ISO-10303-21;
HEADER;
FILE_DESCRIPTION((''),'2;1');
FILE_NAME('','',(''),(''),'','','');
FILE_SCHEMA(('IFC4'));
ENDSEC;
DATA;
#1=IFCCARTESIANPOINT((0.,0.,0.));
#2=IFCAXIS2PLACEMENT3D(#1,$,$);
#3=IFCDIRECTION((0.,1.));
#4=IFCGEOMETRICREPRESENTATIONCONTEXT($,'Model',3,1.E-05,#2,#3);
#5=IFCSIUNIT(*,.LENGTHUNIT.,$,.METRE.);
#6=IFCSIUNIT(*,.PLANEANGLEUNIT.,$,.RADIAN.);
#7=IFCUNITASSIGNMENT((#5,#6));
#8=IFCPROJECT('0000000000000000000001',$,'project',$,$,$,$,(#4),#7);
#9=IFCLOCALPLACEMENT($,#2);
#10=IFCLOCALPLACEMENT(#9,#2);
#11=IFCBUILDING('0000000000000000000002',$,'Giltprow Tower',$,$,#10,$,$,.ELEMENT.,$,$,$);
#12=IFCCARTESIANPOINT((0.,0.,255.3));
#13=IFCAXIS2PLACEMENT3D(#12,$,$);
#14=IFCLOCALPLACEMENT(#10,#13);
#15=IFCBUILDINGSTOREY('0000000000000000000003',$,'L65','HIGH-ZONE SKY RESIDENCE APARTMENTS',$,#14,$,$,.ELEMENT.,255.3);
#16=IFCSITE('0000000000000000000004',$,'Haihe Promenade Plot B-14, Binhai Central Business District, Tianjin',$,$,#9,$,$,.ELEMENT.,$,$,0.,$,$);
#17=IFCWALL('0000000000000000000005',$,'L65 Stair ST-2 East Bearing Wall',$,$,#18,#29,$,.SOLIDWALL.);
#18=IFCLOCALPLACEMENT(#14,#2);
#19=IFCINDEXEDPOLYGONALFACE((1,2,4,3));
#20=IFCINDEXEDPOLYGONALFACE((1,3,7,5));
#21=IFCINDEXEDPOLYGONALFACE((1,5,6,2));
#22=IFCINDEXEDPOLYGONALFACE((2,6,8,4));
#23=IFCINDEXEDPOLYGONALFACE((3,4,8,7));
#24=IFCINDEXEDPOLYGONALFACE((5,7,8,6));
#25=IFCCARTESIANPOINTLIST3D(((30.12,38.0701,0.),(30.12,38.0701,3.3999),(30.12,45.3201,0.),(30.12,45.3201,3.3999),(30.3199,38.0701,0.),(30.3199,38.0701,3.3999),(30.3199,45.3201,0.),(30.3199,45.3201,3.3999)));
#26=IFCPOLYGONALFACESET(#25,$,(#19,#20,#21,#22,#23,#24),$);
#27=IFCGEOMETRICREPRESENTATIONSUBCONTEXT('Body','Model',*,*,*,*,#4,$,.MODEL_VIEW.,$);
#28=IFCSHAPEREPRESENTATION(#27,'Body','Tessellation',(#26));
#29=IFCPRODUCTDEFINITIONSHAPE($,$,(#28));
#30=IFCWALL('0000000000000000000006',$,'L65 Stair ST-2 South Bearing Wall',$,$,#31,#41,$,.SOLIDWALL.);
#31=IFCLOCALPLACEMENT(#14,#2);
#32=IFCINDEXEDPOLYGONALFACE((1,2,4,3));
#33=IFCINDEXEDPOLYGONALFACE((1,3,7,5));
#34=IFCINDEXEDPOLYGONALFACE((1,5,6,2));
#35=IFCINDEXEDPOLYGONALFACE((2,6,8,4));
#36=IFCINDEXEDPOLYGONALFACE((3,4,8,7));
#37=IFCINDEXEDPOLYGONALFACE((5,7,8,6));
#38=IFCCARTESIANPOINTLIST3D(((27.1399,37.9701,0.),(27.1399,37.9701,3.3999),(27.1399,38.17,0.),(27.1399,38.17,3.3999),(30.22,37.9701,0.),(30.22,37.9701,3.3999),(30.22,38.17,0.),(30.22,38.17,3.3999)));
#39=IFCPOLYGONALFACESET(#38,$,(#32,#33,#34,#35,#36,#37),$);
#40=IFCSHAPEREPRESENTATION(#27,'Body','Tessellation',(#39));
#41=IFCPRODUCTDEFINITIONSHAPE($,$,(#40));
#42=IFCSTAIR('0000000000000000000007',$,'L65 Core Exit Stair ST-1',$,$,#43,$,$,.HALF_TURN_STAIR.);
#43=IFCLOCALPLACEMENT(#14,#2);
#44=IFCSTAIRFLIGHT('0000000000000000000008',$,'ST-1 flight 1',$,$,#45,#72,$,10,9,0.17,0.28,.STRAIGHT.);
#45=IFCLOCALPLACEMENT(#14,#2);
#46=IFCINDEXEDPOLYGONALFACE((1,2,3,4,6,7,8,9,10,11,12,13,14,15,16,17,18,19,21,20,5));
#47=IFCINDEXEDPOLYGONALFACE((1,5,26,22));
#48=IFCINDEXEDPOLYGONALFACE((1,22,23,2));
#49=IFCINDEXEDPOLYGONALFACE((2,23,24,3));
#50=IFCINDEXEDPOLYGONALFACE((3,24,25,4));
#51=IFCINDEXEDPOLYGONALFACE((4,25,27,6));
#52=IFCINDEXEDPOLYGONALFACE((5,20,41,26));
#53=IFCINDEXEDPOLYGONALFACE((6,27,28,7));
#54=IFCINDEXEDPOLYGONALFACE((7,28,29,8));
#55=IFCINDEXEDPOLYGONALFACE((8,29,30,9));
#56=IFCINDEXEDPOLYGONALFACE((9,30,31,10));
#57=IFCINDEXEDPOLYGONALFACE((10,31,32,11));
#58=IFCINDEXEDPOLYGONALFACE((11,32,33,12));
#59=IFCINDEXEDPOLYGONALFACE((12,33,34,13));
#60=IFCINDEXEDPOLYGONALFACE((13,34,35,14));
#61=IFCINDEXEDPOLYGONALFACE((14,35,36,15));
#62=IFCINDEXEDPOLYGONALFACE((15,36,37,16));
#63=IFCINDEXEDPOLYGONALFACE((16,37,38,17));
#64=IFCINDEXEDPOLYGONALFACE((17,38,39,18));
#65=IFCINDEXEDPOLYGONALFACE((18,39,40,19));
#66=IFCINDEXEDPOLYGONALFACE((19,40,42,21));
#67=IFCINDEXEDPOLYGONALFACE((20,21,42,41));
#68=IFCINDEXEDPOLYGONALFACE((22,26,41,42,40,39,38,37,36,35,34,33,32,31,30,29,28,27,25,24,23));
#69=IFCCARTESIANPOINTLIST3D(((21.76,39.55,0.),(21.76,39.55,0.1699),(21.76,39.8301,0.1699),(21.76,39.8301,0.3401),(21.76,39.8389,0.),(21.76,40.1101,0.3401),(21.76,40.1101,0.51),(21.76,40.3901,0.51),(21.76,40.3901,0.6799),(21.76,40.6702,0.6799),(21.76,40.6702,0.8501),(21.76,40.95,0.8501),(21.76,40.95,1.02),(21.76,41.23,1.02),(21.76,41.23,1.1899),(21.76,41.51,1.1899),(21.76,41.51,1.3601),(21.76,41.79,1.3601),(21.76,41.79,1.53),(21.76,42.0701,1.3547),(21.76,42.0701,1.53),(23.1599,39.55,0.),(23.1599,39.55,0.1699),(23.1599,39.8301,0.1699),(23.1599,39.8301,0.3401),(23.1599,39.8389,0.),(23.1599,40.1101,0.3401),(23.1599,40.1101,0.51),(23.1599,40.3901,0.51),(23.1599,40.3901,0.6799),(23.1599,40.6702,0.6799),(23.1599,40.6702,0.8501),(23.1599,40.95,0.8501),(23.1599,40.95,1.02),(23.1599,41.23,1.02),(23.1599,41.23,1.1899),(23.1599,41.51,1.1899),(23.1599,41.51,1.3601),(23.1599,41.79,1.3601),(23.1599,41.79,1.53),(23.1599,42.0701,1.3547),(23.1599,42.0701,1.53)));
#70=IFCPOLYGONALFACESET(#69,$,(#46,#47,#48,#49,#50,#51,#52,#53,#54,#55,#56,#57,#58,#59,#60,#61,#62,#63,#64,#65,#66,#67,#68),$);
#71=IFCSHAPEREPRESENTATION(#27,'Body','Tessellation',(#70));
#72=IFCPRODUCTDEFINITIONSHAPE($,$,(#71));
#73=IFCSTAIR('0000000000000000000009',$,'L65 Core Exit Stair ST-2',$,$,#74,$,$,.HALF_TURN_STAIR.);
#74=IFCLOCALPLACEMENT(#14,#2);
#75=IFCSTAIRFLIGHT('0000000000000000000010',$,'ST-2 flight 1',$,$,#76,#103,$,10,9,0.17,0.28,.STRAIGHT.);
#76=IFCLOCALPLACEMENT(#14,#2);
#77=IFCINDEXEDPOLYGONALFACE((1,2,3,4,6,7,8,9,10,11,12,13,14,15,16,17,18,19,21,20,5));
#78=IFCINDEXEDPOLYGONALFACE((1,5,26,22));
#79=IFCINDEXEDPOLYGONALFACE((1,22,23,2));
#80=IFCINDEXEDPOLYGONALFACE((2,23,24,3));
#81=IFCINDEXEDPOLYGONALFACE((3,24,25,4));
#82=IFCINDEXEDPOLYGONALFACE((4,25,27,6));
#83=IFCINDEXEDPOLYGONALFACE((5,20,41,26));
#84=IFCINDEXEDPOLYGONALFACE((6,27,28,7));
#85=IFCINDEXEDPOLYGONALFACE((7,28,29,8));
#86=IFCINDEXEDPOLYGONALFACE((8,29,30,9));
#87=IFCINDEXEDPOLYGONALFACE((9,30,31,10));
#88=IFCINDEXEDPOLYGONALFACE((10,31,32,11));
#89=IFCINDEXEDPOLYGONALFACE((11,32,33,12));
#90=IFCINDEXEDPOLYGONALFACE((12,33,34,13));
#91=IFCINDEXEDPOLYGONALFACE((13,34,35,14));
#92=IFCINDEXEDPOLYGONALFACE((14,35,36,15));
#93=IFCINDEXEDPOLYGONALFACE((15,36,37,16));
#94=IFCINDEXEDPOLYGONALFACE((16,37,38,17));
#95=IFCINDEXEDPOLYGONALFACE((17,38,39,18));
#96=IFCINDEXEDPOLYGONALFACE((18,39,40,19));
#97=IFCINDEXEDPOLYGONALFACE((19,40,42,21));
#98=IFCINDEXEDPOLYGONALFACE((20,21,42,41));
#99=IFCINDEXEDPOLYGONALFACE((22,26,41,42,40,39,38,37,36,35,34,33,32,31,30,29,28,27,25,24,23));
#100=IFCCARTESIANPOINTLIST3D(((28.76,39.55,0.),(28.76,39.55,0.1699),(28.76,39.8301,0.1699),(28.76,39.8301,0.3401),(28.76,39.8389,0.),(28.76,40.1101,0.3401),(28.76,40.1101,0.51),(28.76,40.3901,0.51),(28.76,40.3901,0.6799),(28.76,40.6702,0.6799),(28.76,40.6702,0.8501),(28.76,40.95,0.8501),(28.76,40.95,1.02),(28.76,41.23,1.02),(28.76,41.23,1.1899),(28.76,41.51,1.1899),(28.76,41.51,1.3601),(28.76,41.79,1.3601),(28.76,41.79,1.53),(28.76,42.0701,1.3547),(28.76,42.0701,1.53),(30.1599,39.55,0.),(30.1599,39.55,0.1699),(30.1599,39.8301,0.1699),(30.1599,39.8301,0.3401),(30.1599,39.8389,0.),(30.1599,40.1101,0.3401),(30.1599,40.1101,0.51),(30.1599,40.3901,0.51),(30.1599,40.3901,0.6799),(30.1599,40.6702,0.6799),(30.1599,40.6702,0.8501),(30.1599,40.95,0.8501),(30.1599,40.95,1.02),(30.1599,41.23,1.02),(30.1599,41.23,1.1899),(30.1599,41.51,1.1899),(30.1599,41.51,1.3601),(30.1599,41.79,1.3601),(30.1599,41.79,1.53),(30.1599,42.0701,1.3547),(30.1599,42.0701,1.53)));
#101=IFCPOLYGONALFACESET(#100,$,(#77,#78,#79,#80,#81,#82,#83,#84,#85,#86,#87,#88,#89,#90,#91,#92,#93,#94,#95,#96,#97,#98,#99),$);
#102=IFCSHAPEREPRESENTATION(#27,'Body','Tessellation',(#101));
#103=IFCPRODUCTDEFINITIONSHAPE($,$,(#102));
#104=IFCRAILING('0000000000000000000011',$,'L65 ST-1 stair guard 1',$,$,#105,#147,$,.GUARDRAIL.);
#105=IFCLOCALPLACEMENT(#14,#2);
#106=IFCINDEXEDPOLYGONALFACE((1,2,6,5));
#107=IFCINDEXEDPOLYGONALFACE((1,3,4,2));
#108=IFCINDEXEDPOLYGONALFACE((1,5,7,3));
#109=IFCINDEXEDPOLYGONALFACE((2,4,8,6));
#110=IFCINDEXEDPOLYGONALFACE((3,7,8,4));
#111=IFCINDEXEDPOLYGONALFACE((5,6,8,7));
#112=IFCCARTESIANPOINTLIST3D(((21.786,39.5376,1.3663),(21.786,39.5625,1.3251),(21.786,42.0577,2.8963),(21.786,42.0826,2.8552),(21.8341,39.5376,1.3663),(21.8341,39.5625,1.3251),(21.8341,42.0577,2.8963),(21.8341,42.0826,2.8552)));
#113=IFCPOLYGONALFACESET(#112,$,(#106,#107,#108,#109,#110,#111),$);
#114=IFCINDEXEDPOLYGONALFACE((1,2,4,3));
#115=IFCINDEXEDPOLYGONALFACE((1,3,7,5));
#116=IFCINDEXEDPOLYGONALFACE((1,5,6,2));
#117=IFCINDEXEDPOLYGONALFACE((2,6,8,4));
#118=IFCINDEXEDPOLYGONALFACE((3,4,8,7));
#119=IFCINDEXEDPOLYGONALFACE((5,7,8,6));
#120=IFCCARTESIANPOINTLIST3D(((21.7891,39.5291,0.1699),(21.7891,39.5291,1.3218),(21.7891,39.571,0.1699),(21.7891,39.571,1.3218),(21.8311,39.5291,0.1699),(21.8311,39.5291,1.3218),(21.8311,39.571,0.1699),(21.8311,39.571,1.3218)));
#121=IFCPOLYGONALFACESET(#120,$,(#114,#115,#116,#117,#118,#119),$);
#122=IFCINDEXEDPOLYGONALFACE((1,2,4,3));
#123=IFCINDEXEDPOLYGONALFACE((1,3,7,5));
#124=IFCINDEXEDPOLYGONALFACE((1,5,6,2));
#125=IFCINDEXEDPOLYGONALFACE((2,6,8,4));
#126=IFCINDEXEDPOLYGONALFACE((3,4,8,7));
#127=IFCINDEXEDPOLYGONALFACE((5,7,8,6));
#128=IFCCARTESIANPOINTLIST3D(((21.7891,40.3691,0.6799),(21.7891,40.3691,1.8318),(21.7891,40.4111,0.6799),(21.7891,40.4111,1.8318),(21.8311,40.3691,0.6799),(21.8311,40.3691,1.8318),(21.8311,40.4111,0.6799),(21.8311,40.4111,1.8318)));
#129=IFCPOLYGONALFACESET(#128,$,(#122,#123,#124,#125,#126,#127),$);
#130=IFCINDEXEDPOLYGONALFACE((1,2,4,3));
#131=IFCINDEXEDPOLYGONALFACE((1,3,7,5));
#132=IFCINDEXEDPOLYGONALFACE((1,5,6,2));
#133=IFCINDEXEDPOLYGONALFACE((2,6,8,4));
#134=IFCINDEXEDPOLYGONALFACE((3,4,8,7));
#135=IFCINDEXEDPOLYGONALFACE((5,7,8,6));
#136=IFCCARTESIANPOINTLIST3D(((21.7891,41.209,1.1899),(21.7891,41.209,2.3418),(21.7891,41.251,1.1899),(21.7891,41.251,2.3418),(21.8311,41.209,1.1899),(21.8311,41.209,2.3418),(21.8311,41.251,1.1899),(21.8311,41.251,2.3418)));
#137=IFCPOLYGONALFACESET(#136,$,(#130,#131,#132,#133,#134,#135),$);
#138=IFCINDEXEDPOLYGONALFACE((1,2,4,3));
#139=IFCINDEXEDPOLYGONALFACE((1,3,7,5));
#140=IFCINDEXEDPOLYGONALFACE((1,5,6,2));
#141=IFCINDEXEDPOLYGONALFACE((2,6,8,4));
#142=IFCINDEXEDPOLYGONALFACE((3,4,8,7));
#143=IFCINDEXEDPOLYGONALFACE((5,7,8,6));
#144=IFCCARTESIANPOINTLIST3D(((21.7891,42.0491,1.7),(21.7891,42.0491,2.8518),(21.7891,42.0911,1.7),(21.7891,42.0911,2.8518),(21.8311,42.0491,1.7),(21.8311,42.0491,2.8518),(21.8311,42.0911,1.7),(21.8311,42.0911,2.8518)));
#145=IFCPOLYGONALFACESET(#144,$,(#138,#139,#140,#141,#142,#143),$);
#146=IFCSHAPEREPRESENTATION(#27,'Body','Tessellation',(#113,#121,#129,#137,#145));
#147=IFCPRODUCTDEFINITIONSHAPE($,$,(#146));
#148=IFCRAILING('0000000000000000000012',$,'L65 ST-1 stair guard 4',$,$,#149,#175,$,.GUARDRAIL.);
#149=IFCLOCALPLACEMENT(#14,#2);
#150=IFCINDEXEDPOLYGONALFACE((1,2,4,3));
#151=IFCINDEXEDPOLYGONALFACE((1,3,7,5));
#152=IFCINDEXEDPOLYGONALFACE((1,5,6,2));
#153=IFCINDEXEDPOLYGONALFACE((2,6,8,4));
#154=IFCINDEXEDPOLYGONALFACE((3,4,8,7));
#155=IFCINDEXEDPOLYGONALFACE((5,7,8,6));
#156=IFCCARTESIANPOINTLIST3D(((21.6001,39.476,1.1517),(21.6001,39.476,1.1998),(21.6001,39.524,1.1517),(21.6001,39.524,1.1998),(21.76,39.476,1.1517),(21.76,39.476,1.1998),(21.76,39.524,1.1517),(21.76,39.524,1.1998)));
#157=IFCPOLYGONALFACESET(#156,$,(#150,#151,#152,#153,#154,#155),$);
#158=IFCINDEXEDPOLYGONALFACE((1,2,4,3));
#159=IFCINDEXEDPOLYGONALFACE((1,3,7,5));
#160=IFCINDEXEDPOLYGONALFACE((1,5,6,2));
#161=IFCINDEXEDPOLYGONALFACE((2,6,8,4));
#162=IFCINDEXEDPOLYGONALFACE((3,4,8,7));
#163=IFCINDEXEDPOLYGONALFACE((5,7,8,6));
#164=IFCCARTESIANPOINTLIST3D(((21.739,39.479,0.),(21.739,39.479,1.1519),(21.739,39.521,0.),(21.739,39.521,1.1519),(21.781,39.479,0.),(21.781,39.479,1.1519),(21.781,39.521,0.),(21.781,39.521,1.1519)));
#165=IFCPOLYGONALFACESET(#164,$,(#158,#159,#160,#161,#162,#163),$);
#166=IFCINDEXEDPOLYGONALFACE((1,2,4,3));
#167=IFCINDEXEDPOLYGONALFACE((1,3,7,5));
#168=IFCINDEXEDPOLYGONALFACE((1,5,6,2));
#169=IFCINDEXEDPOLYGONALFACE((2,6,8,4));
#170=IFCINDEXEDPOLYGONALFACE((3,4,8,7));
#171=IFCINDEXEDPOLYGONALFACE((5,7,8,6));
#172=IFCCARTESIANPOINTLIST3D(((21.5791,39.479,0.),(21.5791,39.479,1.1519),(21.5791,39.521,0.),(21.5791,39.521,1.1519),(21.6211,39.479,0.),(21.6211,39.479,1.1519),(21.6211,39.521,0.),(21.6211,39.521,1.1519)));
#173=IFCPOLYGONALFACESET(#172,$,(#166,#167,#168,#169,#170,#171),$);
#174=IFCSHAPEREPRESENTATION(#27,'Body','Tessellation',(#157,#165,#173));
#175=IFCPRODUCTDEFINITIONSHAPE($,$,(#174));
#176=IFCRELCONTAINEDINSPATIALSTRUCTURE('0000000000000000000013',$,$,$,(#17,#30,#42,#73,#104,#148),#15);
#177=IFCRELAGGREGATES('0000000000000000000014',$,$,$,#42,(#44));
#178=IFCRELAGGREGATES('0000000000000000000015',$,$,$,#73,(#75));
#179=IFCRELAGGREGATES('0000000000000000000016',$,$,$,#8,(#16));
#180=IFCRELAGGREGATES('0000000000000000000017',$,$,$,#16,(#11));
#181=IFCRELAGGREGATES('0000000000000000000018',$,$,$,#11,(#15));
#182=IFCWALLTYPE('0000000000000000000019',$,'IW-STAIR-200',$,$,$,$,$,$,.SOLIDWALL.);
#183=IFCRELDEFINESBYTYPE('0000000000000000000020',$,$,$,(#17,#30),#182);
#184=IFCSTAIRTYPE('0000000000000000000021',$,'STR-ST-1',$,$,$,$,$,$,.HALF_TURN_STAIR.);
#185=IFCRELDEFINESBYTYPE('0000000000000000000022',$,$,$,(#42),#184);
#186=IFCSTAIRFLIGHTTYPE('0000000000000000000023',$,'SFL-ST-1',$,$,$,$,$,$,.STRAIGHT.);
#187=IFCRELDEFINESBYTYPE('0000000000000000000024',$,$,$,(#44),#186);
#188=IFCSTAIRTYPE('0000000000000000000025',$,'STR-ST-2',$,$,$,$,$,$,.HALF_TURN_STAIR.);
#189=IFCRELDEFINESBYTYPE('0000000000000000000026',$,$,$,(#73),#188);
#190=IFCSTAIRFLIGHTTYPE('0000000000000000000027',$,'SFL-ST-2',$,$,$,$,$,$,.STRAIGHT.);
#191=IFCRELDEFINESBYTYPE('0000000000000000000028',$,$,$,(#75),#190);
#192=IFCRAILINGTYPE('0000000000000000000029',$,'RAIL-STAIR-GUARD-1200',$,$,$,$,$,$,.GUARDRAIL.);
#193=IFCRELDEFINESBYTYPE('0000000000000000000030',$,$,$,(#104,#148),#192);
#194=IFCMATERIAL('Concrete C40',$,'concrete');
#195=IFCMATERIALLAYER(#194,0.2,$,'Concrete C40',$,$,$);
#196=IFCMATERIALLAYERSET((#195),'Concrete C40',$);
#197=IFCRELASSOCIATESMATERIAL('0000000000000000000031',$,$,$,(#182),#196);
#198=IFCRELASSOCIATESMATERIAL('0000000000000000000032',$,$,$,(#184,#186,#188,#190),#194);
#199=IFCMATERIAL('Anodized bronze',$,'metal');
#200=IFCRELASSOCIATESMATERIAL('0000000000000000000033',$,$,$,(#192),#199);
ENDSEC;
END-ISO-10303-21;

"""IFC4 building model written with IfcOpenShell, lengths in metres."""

from ifc_helpers import new_model, si_unit, direction, frame, frame_2d, origin, origin_2d, place, context, subcontext, project, spatial, polyline, rectangle, outline, extrude, material, layer, layer_set, type_object, element, aggregate, save


model = new_model("IFC4")

# Units and contexts
model_context = context("Model", 3, precision=1e-05, world=origin(), true_north=direction((0.0, 1.0)))
body_context = subcontext(model_context, "Body", "Model", "MODEL_VIEW")
ifc_project = project(units=[si_unit("LENGTHUNIT", "METRE"), si_unit("PLANEANGLEUNIT", "RADIAN")], contexts=[model_context])

# Site, building, storey
site_placement = place(None, origin())
site = spatial("IfcSite", under=ifc_project, at=site_placement, Name="Haihe Promenade Plot B-14, Binhai Central Business District, Tianjin", CompositionType="ELEMENT", RefElevation=0.0)
building_placement = place(site_placement, origin())
building = spatial("IfcBuilding", under=site, at=building_placement, Name="Giltprow Tower", CompositionType="ELEMENT")
storey_placement = place(building_placement, frame((0.0, 0.0, 255.3)))
storey = spatial("IfcBuildingStorey", under=building, at=storey_placement, Name="L65", Description="HIGH-ZONE SKY RESIDENCE APARTMENTS", CompositionType="ELEMENT", Elevation=255.3)

# Shared definitions
ifc_material_1 = material(Name="Concrete C40", Category="concrete")
ifc_layer_1 = layer(ifc_material_1, 0.2, Name="Concrete C40")
ifc_layer_set_1 = layer_set([ifc_layer_1], Name="Concrete C40")
wall_type_1 = type_object("IfcWallType", Name="IW-STAIR-200", PredefinedType="SOLIDWALL", material=ifc_layer_set_1)

# Walls
wall_1_placement = place(storey_placement, frame((30.22, 38.0701, 0.0), z_axis=(0.0, 0.0, 1.0), x_axis=(0.0, 1.0, 0.0)))
element("IfcWall", 1, at=wall_1_placement, inside=storey, type_object=wall_type_1, Name="L65 Stair ST-2 East Bearing Wall", PredefinedType="SOLIDWALL", context=body_context, shape_type="SweptSolid", body=[
    extrude(rectangle(XDim=7.25, YDim=0.2, at=frame_2d((3.625, 0.0))), origin(), (0.0, 0.0, 1.0), 3.3999),
])
wall_2_placement = place(storey_placement, frame((27.1399, 38.0701, 0.0), z_axis=(0.0, 0.0, 1.0), x_axis=(1.0, 0.0, 0.0)))
element("IfcWall", 2, at=wall_2_placement, inside=storey, type_object=wall_type_1, Name="L65 Stair ST-2 South Bearing Wall", PredefinedType="SOLIDWALL", context=body_context, shape_type="SweptSolid", body=[
    extrude(rectangle(XDim=3.0801, YDim=0.2, at=frame_2d((1.54, 0.0))), origin(), (0.0, 0.0, 1.0), 3.3999),
])

# Stairs, stair flights
stair_type_1 = type_object("IfcStairType", Name="STR-ST-1", PredefinedType="HALF_TURN_STAIR", material=ifc_material_1)
stair_1_placement = place(storey_placement, origin())
stair_1 = element("IfcStair", 3, at=stair_1_placement, inside=storey, type_object=stair_type_1, Name="L65 Core Exit Stair ST-1", PredefinedType="HALF_TURN_STAIR")
stair_flight_type_1 = type_object("IfcStairFlightType", Name="SFL-ST-1", PredefinedType="STRAIGHT", material=ifc_material_1)
stair_flight_1_placement = place(storey_placement, frame((22.46, 39.55, 0.0), z_axis=(0.0, 0.0, 1.0), x_axis=(0.0, 1.0, 0.0)))
stair_flight_1 = element("IfcStairFlight", 4, at=stair_flight_1_placement, type_object=stair_flight_type_1, Name="ST-1 flight 1", NumberOfRisers=10, NumberOfTreads=9, PredefinedType="STRAIGHT", RiserHeight=0.17, TreadLength=0.28, context=body_context, shape_type="SweptSolid", body=[
    extrude(outline(polyline([(0.0, 0.0), (0.0, 0.1699), (0.28, 0.1699), (0.28, 0.3401), (0.5601, 0.3401), (0.5601, 0.51), (0.8401, 0.51), (0.8401, 0.6799), (1.1201, 0.6799), (1.1201, 0.8501), (1.3999, 0.8501), (1.3999, 1.02), (1.6799, 1.02), (1.6799, 1.1899), (1.96, 1.1899), (1.96, 1.3601), (2.24, 1.3601), (2.24, 1.53), (2.52, 1.53), (2.52, 1.7), (2.52, 1.3547), (0.2888, 0.0), (0.0, 0.0)])), frame((0.0, 0.7, 0.0), z_axis=(0.0, -1.0, 0.0), x_axis=(1.0, 0.0, 0.0)), (0.0, 0.0, 1.0), 1.3999),
])
aggregate(stair_1, [stair_flight_1])
stair_type_2 = type_object("IfcStairType", Name="STR-ST-2", PredefinedType="HALF_TURN_STAIR", material=ifc_material_1)
stair_2_placement = place(storey_placement, origin())
stair_2 = element("IfcStair", 5, at=stair_2_placement, inside=storey, type_object=stair_type_2, Name="L65 Core Exit Stair ST-2", PredefinedType="HALF_TURN_STAIR")
stair_flight_type_2 = type_object("IfcStairFlightType", Name="SFL-ST-2", PredefinedType="STRAIGHT", material=ifc_material_1)
stair_flight_2_placement = place(storey_placement, frame((29.46, 39.55, 0.0), z_axis=(0.0, 0.0, 1.0), x_axis=(0.0, 1.0, 0.0)))
stair_flight_2 = element("IfcStairFlight", 6, at=stair_flight_2_placement, type_object=stair_flight_type_2, Name="ST-2 flight 1", NumberOfRisers=10, NumberOfTreads=9, PredefinedType="STRAIGHT", RiserHeight=0.17, TreadLength=0.28, context=body_context, shape_type="SweptSolid", body=[
    extrude(outline(polyline([(0.0, 0.0), (0.0, 0.1699), (0.28, 0.1699), (0.28, 0.3401), (0.5601, 0.3401), (0.5601, 0.51), (0.8401, 0.51), (0.8401, 0.6799), (1.1201, 0.6799), (1.1201, 0.8501), (1.3999, 0.8501), (1.3999, 1.02), (1.6799, 1.02), (1.6799, 1.1899), (1.96, 1.1899), (1.96, 1.3601), (2.24, 1.3601), (2.24, 1.53), (2.52, 1.53), (2.52, 1.7), (2.52, 1.3547), (0.2888, 0.0), (0.0, 0.0)])), frame((0.0, 0.7, 0.0), z_axis=(0.0, -1.0, 0.0), x_axis=(1.0, 0.0, 0.0)), (0.0, 0.0, 1.0), 1.3999),
])
aggregate(stair_2, [stair_flight_2])

# Railings
ifc_material_2 = material(Name="Anodized bronze", Category="metal")
railing_type_1 = type_object("IfcRailingType", Name="RAIL-STAIR-GUARD-1200", PredefinedType="GUARDRAIL", material=ifc_material_2)
railing_1_placement = place(storey_placement, frame((21.8101, 39.55, 0.1699)))
element("IfcRailing", 7, at=railing_1_placement, inside=storey, type_object=railing_type_1, Name="L65 ST-1 stair guard 1", PredefinedType="GUARDRAIL", context=body_context, shape_type="SweptSolid", body=[
    extrude(rectangle(XDim=0.0481, YDim=0.0481, at=origin_2d()), frame((0.0, 0.0, 1.1758), z_axis=(0.0, 0.854785, 0.518982), x_axis=(-1.0, 0.0, 0.0)), (0.0, 0.0, 1.0), 2.9482),
    extrude(rectangle(XDim=0.042, YDim=0.042, at=origin_2d()), origin(), (0.0, 0.0, 1.0), 1.1519),
    extrude(rectangle(XDim=0.042, YDim=0.042, at=origin_2d()), frame((0.0, 0.8401, 0.51)), (0.0, 0.0, 1.0), 1.1519),
    extrude(rectangle(XDim=0.042, YDim=0.042, at=origin_2d()), frame((0.0, 1.6799, 1.02)), (0.0, 0.0, 1.0), 1.1519),
    extrude(rectangle(XDim=0.042, YDim=0.042, at=origin_2d()), frame((0.0, 2.52, 1.53)), (0.0, 0.0, 1.0), 1.1519),
])
railing_2_placement = place(storey_placement, frame((21.76, 39.5, 0.0)))
element("IfcRailing", 8, at=railing_2_placement, inside=storey, type_object=railing_type_1, Name="L65 ST-1 stair guard 4", PredefinedType="GUARDRAIL", context=body_context, shape_type="SweptSolid", body=[
    extrude(rectangle(XDim=0.0481, YDim=0.0481, at=origin_2d()), frame((0.0, 0.0, 1.1758), z_axis=(-1.0, 0.0, 0.0), x_axis=(0.0, -1.0, 0.0)), (0.0, 0.0, 1.0), 0.1599),
    extrude(rectangle(XDim=0.042, YDim=0.042, at=origin_2d()), origin(), (0.0, 0.0, 1.0), 1.1519),
    extrude(rectangle(XDim=0.042, YDim=0.042, at=origin_2d()), frame((-0.1599, 0.0, 0.0)), (0.0, 0.0, 1.0), 1.1519),
])

save(model, "model.ifc")
